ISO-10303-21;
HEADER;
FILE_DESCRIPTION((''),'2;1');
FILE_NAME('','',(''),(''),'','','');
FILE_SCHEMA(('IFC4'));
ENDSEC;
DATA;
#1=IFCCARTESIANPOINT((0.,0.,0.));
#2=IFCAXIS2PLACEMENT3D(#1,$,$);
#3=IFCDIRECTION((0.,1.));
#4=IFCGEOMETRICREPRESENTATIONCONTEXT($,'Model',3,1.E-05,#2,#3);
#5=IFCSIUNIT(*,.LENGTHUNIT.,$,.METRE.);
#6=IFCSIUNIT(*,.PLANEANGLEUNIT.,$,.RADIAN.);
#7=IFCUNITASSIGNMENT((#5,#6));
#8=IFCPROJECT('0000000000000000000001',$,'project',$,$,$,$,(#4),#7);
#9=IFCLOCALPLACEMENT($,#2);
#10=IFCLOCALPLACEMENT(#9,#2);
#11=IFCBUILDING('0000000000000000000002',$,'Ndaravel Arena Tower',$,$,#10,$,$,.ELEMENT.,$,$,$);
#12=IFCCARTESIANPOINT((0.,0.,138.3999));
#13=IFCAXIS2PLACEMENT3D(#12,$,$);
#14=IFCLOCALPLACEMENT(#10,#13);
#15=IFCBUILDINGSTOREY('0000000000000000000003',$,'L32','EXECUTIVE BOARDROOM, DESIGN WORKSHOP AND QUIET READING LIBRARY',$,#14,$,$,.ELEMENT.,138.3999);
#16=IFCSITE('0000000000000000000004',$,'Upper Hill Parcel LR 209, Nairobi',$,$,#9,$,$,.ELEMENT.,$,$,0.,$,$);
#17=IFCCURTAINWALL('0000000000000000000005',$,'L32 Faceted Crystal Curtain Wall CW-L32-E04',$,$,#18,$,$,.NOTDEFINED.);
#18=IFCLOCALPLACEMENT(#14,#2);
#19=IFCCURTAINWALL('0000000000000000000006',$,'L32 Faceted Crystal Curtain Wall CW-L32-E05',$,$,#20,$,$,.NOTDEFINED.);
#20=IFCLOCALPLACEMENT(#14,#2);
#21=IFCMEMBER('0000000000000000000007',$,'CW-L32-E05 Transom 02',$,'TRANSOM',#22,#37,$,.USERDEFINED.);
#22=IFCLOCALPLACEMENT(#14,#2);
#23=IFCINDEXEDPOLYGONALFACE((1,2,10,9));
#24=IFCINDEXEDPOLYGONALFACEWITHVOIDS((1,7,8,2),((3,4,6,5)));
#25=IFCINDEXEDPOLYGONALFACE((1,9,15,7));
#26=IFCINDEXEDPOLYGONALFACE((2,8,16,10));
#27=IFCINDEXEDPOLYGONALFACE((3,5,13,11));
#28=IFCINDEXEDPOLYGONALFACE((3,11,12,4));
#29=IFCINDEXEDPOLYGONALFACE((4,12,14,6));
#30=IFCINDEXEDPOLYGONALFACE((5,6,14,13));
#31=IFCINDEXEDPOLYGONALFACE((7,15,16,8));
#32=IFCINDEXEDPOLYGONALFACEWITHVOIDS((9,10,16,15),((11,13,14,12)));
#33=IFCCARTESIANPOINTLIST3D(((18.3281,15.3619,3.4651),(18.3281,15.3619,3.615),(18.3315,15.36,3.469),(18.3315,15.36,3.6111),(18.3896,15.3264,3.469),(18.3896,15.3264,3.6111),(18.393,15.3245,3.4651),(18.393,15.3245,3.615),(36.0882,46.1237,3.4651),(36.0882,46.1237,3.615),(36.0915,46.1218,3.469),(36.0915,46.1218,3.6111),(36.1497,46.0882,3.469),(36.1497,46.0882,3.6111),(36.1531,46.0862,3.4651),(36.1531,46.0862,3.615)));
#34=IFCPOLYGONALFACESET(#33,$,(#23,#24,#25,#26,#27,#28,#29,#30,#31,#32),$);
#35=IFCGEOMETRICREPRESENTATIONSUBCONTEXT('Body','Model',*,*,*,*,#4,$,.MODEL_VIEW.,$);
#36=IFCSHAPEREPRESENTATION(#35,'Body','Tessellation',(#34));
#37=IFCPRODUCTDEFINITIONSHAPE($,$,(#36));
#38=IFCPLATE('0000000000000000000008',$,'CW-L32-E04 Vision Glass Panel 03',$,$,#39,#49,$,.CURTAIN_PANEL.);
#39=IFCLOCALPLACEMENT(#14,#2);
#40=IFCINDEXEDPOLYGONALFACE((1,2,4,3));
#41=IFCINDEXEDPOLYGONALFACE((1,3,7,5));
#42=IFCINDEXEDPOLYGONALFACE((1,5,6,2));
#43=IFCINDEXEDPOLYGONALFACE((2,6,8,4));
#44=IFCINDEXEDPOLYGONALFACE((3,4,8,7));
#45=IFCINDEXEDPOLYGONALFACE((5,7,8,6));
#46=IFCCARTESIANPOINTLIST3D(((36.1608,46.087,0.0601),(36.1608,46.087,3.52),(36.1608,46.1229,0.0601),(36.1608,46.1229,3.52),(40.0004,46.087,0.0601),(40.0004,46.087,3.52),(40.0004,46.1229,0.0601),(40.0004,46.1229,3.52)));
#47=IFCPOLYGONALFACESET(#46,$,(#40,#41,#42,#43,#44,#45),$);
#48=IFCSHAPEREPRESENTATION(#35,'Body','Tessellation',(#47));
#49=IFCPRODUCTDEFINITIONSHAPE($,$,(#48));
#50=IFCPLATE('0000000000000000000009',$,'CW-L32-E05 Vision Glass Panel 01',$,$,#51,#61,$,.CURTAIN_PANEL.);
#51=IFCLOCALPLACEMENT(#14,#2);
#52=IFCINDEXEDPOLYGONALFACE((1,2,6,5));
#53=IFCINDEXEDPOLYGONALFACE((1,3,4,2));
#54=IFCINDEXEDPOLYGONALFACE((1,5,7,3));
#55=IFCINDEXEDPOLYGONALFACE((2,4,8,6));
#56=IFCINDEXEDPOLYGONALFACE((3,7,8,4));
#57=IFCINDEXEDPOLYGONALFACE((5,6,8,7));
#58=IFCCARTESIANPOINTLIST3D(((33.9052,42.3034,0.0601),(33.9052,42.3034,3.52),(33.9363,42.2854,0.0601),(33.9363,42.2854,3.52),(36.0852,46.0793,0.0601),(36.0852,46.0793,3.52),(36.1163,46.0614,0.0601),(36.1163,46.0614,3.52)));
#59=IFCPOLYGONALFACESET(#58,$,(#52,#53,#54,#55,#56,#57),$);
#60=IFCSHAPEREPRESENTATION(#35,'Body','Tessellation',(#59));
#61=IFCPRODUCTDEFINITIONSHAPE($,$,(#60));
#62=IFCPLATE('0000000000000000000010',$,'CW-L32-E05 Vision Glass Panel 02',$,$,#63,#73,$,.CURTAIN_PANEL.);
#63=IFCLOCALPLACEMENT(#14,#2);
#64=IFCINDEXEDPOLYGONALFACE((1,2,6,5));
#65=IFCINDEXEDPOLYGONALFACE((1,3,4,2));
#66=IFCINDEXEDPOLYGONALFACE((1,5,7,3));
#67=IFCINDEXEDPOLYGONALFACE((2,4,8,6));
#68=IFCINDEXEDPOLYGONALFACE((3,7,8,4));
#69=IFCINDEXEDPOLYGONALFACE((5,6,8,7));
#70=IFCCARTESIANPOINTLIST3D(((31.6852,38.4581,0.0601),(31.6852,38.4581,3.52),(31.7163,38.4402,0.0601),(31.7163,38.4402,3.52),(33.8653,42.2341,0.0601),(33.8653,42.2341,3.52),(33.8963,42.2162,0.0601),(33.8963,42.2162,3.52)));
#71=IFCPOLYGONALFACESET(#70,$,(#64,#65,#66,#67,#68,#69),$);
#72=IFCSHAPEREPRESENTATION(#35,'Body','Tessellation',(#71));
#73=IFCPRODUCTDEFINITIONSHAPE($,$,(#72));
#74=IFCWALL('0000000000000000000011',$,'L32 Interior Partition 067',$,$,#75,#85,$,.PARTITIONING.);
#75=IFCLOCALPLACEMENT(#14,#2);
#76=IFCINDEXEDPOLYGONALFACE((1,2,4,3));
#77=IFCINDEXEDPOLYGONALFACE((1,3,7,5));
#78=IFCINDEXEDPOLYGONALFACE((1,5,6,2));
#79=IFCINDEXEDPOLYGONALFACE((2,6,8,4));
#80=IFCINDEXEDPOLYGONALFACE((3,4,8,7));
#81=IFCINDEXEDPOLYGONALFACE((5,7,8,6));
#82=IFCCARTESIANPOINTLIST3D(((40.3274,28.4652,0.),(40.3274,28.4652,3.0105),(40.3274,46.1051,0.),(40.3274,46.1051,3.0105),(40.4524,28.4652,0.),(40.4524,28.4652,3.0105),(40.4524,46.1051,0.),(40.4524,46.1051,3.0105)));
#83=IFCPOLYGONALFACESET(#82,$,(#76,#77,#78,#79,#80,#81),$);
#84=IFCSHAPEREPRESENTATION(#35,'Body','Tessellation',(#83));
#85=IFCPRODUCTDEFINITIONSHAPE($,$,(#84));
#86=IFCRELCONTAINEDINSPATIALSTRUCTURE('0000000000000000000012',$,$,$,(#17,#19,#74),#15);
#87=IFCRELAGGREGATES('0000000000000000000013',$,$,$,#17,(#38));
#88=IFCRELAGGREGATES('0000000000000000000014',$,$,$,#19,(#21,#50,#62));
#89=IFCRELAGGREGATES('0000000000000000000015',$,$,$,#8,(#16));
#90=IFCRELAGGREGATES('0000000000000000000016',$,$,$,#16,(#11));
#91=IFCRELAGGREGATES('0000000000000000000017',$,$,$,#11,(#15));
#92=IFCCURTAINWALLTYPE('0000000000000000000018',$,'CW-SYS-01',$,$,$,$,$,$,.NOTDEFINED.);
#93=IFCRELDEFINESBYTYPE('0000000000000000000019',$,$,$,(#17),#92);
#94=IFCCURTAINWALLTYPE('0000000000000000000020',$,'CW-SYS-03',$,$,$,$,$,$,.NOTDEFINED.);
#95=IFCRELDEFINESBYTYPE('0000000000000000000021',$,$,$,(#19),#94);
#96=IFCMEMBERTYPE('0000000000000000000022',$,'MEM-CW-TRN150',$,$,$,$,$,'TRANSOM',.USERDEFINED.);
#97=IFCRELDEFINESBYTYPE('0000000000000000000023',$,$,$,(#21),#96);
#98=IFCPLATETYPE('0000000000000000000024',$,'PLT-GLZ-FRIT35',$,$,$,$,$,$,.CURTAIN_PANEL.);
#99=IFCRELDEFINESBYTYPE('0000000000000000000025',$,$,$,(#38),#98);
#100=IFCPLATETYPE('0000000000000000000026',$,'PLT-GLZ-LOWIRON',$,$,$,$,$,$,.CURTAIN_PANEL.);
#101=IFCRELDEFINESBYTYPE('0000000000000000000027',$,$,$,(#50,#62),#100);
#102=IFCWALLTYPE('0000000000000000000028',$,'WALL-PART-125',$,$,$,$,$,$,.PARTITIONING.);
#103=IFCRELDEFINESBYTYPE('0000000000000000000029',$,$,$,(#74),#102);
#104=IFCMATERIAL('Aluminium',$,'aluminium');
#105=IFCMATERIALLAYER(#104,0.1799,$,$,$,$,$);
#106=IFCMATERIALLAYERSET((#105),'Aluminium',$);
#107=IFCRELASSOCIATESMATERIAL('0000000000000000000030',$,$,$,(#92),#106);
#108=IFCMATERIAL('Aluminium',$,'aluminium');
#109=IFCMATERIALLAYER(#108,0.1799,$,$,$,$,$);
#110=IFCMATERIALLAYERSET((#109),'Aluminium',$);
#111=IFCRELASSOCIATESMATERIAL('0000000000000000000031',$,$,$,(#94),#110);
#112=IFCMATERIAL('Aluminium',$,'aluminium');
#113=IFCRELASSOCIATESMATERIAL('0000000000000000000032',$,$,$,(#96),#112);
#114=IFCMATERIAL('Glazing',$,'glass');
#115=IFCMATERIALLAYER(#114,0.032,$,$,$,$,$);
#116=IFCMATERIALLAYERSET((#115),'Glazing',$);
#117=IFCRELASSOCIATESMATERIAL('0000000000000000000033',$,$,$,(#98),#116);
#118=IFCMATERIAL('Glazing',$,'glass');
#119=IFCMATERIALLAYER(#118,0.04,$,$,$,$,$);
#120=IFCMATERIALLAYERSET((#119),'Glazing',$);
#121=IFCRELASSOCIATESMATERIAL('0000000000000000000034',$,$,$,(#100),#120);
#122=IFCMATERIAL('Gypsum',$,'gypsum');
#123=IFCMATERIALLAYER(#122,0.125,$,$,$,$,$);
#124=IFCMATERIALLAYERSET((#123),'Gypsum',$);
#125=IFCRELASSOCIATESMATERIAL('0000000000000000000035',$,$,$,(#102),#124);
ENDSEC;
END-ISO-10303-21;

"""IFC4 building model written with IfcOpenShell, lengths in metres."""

from ifc_helpers import new_model, si_unit, direction, frame, frame_2d, origin, origin_2d, place, context, subcontext, project, spatial, rectangle, hollow_rectangle, extrude, material, layer, layer_set, material_profile, profile_set, type_object, element, aggregate, save


model = new_model("IFC4")

# Units and contexts
model_context = context("Model", 3, precision=1e-05, world=origin(), true_north=direction((0.0, 1.0)))
body_context = subcontext(model_context, "Body", "Model", "MODEL_VIEW")
ifc_project = project(units=[si_unit("LENGTHUNIT", "METRE"), si_unit("PLANEANGLEUNIT", "RADIAN")], contexts=[model_context])

# Site, building, storey
site_placement = place(None, origin())
site = spatial("IfcSite", under=ifc_project, at=site_placement, Name="Upper Hill Parcel LR 209, Nairobi", CompositionType="ELEMENT", RefElevation=0.0)
building_placement = place(site_placement, origin())
building = spatial("IfcBuilding", under=site, at=building_placement, Name="Ndaravel Arena Tower", CompositionType="ELEMENT")
storey_placement = place(building_placement, frame((0.0, 0.0, 138.3999)))
storey = spatial("IfcBuildingStorey", under=building, at=storey_placement, Name="L32", Description="EXECUTIVE BOARDROOM, DESIGN WORKSHOP AND QUIET READING LIBRARY", CompositionType="ELEMENT", Elevation=138.3999)

# Curtain wall
ifc_material_1 = material(Name="Aluminium", Category="aluminium")
ifc_layer_1 = layer(ifc_material_1, 0.1799)
ifc_layer_set_1 = layer_set([ifc_layer_1], Name="Aluminium")
curtain_wall_type_1 = type_object("IfcCurtainWallType", Name="CW-SYS-01", PredefinedType="NOTDEFINED", material=ifc_layer_set_1)
curtain_wall_1_placement = place(storey_placement, origin())
curtain_wall_1 = element("IfcCurtainWall", 1, at=curtain_wall_1_placement, inside=storey, type_object=curtain_wall_type_1, Name="L32 Faceted Crystal Curtain Wall CW-L32-E04", PredefinedType="NOTDEFINED")

# Curtain wall, member
ifc_material_2 = material(Name="Aluminium", Category="aluminium")
ifc_layer_2 = layer(ifc_material_2, 0.1799)
ifc_layer_set_2 = layer_set([ifc_layer_2], Name="Aluminium")
curtain_wall_type_2 = type_object("IfcCurtainWallType", Name="CW-SYS-03", PredefinedType="NOTDEFINED", material=ifc_layer_set_2)
curtain_wall_2_placement = place(storey_placement, origin())
curtain_wall_2 = element("IfcCurtainWall", 2, at=curtain_wall_2_placement, inside=storey, type_object=curtain_wall_type_2, Name="L32 Faceted Crystal Curtain Wall CW-L32-E05", PredefinedType="NOTDEFINED")
ifc_material_3 = material(Name="Aluminium", Category="aluminium")
ifc_material_profile_1 = material_profile(ifc_material_3, hollow_rectangle(XDim=0.075, YDim=0.1499, WallThickness=0.0039, at=origin_2d()), Name="CW TRANSOM 75x150x4")
ifc_profile_set_1 = profile_set([ifc_material_profile_1], Name="Aluminium")
member_type_1 = type_object("IfcMemberType", Name="MEM-CW-TRN150", ElementType="TRANSOM", PredefinedType="USERDEFINED", material=ifc_profile_set_1)
member_1_placement = place(storey_placement, frame((36.1206, 46.105, 3.54), z_axis=(-0.499994, -0.866029, 0.0), x_axis=(0.866029, -0.499994, 0.0)))
member_1 = element("IfcMember", 3, at=member_1_placement, type_object=member_type_1, Name="CW-L32-E05 Transom 02", ObjectType="TRANSOM", PredefinedType="USERDEFINED", context=body_context, shape_type="SweptSolid", body=[
    extrude(hollow_rectangle(XDim=0.075, YDim=0.1499, WallThickness=0.0039, at=origin_2d()), origin(), (0.0, 0.0, 1.0), 35.5205),
])

# Plates
ifc_material_4 = material(Name="Glazing", Category="glass")
ifc_layer_3 = layer(ifc_material_4, 0.032)
ifc_layer_set_3 = layer_set([ifc_layer_3], Name="Glazing")
plate_type_1 = type_object("IfcPlateType", Name="PLT-GLZ-FRIT35", PredefinedType="CURTAIN_PANEL", material=ifc_layer_set_3)
plate_1_placement = place(storey_placement, frame((38.0806, 46.105, 0.0601), z_axis=(0.0, 0.0, 1.0), x_axis=(-1.0, 0.0, 0.0)))
plate_1 = element("IfcPlate", 4, at=plate_1_placement, type_object=plate_type_1, Name="CW-L32-E04 Vision Glass Panel 03", PredefinedType="CURTAIN_PANEL", context=body_context, shape_type="SweptSolid", body=[
    extrude(rectangle(XDim=3.8396, YDim=0.0359, at=origin_2d()), origin(), (0.0, 0.0, 1.0), 3.46),
])
aggregate(curtain_wall_1, [plate_1])
ifc_material_5 = material(Name="Glazing", Category="glass")
ifc_layer_4 = layer(ifc_material_5, 0.04)
ifc_layer_set_4 = layer_set([ifc_layer_4], Name="Glazing")
plate_type_2 = type_object("IfcPlateType", Name="PLT-GLZ-LOWIRON", PredefinedType="CURTAIN_PANEL", material=ifc_layer_set_4)
plate_2_placement = place(storey_placement, frame((35.0107, 44.1824, 0.0601), z_axis=(0.0, 0.0, 1.0), x_axis=(-0.5, -0.866025, 0.0)))
plate_2 = element("IfcPlate", 5, at=plate_2_placement, type_object=plate_type_2, Name="CW-L32-E05 Vision Glass Panel 01", PredefinedType="CURTAIN_PANEL", context=body_context, shape_type="SweptSolid", body=[
    extrude(rectangle(XDim=4.3601, YDim=0.0359, at=origin_2d()), origin(), (0.0, 0.0, 1.0), 3.46),
])
plate_3_placement = place(storey_placement, frame((32.7908, 40.3372, 0.0601), z_axis=(0.0, 0.0, 1.0), x_axis=(-0.5, -0.866025, 0.0)))
plate_3 = element("IfcPlate", 6, at=plate_3_placement, type_object=plate_type_2, Name="CW-L32-E05 Vision Glass Panel 02", PredefinedType="CURTAIN_PANEL", context=body_context, shape_type="SweptSolid", body=[
    extrude(rectangle(XDim=4.3601, YDim=0.0359, at=origin_2d()), origin(), (0.0, 0.0, 1.0), 3.46),
])
aggregate(curtain_wall_2, [member_1, plate_2, plate_3])

# Wall
ifc_material_6 = material(Name="Gypsum", Category="gypsum")
ifc_layer_5 = layer(ifc_material_6, 0.125)
ifc_layer_set_5 = layer_set([ifc_layer_5], Name="Gypsum")
wall_type = type_object("IfcWallType", Name="WALL-PART-125", PredefinedType="PARTITIONING", material=ifc_layer_set_5)
wall_placement = place(storey_placement, frame((40.3899, 46.105, 0.0), z_axis=(0.0, 0.0, 1.0), x_axis=(0.0, -1.0, 0.0)))
element("IfcWall", 7, at=wall_placement, inside=storey, type_object=wall_type, Name="L32 Interior Partition 067", PredefinedType="PARTITIONING", context=body_context, shape_type="SweptSolid", body=[
    extrude(rectangle(XDim=17.6399, YDim=0.125, at=frame_2d((8.8198, 0.0))), origin(), (0.0, 0.0, 1.0), 3.0105),
])

save(model, "model.ifc")
